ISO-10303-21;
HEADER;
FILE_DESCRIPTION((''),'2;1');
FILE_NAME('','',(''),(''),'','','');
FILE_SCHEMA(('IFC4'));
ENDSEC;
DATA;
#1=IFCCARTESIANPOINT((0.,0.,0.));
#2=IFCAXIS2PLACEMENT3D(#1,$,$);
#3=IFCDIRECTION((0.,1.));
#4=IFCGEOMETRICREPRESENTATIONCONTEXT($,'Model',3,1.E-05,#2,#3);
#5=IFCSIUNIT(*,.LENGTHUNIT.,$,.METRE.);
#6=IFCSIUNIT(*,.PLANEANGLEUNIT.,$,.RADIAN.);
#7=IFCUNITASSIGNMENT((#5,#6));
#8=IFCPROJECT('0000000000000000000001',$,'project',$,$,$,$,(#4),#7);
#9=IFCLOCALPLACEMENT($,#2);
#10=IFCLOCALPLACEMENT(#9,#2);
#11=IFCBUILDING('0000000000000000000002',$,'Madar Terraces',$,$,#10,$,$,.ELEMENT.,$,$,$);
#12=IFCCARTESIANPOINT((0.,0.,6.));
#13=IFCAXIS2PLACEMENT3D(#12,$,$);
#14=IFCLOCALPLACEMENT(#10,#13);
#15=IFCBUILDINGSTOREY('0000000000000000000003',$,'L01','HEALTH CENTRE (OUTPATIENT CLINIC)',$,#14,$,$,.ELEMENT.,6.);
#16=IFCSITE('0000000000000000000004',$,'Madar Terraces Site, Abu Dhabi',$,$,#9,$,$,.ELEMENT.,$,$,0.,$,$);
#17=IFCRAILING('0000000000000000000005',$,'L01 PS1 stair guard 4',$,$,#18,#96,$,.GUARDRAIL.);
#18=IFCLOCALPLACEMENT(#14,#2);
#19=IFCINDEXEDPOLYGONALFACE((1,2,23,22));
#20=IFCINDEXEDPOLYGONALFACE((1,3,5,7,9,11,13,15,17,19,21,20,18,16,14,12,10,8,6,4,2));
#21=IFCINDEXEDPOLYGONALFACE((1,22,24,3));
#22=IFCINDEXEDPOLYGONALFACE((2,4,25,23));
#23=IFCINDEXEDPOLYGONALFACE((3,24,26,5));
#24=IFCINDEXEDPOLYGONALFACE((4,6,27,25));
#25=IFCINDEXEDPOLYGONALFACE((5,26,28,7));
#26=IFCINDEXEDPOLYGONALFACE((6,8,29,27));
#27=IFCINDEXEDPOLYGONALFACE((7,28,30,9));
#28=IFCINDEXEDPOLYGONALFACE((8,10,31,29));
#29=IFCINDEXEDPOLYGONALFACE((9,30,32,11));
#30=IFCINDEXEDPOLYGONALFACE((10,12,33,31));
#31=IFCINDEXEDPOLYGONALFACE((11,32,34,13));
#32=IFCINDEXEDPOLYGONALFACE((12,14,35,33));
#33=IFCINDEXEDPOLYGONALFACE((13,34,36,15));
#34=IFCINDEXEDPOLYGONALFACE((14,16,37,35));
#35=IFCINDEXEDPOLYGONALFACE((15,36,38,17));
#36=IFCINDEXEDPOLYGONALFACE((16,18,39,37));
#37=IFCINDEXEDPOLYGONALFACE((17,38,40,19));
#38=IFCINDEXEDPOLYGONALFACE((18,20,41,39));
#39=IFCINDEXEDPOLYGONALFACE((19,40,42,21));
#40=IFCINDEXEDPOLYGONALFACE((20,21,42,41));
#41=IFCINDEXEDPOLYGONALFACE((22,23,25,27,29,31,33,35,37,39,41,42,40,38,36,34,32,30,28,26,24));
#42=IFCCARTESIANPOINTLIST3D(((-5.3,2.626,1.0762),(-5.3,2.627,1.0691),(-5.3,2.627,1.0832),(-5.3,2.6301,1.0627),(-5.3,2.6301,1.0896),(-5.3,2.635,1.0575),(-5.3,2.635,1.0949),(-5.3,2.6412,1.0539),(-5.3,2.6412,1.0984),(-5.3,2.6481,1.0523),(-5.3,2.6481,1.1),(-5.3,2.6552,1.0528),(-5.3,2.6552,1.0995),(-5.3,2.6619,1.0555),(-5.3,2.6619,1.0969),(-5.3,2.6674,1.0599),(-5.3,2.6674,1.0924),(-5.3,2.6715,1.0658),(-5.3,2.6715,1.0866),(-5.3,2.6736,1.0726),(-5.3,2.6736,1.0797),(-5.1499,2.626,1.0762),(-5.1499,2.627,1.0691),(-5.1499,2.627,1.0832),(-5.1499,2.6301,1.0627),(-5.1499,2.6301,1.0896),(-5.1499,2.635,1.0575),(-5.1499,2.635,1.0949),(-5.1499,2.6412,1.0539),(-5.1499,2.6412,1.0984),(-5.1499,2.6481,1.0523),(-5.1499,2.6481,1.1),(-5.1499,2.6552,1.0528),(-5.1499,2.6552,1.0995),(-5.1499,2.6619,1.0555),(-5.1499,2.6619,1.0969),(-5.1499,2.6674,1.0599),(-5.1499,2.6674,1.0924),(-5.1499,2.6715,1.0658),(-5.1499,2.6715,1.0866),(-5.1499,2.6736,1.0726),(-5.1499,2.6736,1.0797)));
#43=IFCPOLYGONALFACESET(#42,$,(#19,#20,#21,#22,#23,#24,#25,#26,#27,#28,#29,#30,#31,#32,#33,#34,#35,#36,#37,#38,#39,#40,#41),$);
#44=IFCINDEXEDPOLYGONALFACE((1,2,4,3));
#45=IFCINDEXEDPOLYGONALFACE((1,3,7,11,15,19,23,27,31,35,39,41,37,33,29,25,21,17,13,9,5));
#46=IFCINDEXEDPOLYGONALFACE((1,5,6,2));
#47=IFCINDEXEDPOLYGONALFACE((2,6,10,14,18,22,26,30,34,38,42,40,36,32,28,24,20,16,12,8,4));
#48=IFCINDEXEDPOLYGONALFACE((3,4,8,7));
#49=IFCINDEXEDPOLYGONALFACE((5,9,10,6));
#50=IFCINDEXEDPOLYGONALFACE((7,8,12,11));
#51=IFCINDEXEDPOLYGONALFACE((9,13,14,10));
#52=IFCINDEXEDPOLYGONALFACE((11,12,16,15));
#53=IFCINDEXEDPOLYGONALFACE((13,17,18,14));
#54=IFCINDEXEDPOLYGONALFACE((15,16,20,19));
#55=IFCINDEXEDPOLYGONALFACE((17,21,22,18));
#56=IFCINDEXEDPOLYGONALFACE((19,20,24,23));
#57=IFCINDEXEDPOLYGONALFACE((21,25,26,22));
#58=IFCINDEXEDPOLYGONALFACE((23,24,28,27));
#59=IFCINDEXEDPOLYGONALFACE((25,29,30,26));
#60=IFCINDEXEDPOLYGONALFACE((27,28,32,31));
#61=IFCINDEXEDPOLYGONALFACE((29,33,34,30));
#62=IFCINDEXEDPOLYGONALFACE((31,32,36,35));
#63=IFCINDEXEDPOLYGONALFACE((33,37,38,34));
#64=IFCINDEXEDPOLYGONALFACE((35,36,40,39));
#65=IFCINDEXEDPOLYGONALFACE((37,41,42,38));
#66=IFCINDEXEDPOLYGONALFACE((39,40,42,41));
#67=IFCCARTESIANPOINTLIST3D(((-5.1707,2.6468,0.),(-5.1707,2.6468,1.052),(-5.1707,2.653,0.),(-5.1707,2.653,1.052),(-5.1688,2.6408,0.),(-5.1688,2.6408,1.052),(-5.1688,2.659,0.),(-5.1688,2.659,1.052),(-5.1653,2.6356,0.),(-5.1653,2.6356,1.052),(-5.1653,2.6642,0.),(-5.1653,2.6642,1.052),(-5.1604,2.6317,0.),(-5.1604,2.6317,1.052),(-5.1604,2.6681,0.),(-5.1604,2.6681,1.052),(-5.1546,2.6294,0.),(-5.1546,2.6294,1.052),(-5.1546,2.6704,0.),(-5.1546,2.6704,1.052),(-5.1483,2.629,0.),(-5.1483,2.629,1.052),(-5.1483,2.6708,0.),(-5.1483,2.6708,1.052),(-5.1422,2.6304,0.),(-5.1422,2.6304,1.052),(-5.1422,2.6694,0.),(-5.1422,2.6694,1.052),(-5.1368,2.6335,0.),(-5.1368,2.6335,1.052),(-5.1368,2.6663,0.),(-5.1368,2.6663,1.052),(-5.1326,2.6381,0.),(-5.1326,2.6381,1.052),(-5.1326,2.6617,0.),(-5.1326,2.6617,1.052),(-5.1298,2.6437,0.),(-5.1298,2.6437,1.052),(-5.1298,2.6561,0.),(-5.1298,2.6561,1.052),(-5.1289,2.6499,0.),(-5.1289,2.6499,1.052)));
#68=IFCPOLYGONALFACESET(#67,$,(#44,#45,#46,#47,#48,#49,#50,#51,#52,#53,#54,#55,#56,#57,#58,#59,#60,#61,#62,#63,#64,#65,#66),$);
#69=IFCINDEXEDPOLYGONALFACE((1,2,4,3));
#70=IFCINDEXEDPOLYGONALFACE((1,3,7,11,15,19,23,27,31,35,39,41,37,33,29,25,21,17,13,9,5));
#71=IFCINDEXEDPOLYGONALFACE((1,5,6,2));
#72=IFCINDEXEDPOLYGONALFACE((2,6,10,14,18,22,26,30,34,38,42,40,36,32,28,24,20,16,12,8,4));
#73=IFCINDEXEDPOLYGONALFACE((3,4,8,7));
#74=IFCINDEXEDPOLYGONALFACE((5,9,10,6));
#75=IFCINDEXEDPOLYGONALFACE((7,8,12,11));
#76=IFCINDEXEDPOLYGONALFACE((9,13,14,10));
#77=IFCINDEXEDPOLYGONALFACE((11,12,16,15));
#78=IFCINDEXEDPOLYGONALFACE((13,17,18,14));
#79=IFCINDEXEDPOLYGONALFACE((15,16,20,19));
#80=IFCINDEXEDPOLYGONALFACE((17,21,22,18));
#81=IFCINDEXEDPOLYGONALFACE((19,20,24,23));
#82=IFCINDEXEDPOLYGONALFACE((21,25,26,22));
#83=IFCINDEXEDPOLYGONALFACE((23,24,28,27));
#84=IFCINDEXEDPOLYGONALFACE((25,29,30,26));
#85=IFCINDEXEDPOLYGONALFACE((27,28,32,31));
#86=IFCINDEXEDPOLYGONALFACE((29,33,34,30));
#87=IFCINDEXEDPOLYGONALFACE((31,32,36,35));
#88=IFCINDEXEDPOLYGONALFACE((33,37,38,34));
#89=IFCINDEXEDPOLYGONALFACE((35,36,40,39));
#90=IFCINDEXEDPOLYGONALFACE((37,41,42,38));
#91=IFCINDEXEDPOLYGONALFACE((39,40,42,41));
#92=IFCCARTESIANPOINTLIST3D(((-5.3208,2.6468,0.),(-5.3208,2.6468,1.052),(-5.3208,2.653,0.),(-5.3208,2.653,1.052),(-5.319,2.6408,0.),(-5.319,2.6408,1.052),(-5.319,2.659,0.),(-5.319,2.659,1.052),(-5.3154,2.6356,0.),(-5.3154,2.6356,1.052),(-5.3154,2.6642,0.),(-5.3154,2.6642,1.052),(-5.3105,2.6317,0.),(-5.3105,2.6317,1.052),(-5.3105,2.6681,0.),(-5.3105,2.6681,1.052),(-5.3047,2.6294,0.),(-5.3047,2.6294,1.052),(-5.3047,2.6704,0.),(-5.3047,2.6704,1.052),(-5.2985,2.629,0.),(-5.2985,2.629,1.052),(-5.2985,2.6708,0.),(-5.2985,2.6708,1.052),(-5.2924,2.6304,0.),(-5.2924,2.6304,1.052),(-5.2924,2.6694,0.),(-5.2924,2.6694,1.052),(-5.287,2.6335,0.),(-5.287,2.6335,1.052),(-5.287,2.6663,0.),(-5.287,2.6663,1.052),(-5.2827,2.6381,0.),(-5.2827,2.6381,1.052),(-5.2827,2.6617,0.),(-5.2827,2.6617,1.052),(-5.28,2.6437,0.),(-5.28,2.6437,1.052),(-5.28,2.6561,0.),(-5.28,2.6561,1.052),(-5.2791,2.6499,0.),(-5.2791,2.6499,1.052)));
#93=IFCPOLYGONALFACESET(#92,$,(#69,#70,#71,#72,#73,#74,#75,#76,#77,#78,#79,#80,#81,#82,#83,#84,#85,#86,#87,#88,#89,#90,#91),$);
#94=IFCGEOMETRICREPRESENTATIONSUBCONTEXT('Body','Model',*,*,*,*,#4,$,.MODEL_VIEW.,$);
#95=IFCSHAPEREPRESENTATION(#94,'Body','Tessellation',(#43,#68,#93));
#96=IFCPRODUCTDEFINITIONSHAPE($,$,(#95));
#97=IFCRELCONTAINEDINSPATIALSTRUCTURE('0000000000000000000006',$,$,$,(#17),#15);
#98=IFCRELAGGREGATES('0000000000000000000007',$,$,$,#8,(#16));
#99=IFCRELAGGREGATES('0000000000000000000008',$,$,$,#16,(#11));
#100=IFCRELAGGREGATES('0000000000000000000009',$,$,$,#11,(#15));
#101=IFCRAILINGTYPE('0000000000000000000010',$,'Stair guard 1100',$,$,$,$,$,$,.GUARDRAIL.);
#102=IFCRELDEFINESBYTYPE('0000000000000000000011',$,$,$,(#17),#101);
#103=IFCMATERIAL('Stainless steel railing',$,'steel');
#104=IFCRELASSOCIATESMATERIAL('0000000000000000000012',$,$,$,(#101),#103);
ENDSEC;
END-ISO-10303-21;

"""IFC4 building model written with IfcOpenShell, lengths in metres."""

from ifc_helpers import new_model, si_unit, direction, frame, origin, origin_2d, place, context, subcontext, project, spatial, circle, extrude, material, type_object, element, save


model = new_model("IFC4")

# Units and contexts
model_context = context("Model", 3, precision=1e-05, world=origin(), true_north=direction((0.0, 1.0)))
body_context = subcontext(model_context, "Body", "Model", "MODEL_VIEW")
ifc_project = project(units=[si_unit("LENGTHUNIT", "METRE"), si_unit("PLANEANGLEUNIT", "RADIAN")], contexts=[model_context])

# Site, building, storey
site_placement = place(None, origin())
site = spatial("IfcSite", under=ifc_project, at=site_placement, Name="Madar Terraces Site, Abu Dhabi", CompositionType="ELEMENT", RefElevation=0.0)
building_placement = place(site_placement, origin())
building = spatial("IfcBuilding", under=site, at=building_placement, Name="Madar Terraces", CompositionType="ELEMENT")
storey_placement = place(building_placement, frame((0.0, 0.0, 6.0)))
storey = spatial("IfcBuildingStorey", under=building, at=storey_placement, Name="L01", Description="HEALTH CENTRE (OUTPATIENT CLINIC)", CompositionType="ELEMENT", Elevation=6.0)

# Railing
ifc_material_1 = material(Name="Stainless steel railing", Category="steel")
railing_type_1 = type_object("IfcRailingType", Name="Stair guard 1100", PredefinedType="GUARDRAIL", material=ifc_material_1)
railing_1_placement = place(storey_placement, frame((-5.1499, 2.6499, 0.0)))
element("IfcRailing", 1, at=railing_1_placement, inside=storey, type_object=railing_type_1, Name="L01 PS1 stair guard 4", PredefinedType="GUARDRAIL", context=body_context, shape_type="SweptSolid", body=[
    extrude(circle(Radius=0.0239, at=origin_2d()), frame((0.0, 0.0, 1.0762), z_axis=(-1.0, 0.0, 0.0), x_axis=(0.0, -1.0, 0.0)), (0.0, 0.0, 1.0), 0.1501),
    extrude(circle(Radius=0.021, at=origin_2d()), origin(), (0.0, 0.0, 1.0), 1.052),
    extrude(circle(Radius=0.021, at=origin_2d()), frame((-0.1501, 0.0, 0.0)), (0.0, 0.0, 1.0), 1.052),
])

save(model, "model.ifc")
